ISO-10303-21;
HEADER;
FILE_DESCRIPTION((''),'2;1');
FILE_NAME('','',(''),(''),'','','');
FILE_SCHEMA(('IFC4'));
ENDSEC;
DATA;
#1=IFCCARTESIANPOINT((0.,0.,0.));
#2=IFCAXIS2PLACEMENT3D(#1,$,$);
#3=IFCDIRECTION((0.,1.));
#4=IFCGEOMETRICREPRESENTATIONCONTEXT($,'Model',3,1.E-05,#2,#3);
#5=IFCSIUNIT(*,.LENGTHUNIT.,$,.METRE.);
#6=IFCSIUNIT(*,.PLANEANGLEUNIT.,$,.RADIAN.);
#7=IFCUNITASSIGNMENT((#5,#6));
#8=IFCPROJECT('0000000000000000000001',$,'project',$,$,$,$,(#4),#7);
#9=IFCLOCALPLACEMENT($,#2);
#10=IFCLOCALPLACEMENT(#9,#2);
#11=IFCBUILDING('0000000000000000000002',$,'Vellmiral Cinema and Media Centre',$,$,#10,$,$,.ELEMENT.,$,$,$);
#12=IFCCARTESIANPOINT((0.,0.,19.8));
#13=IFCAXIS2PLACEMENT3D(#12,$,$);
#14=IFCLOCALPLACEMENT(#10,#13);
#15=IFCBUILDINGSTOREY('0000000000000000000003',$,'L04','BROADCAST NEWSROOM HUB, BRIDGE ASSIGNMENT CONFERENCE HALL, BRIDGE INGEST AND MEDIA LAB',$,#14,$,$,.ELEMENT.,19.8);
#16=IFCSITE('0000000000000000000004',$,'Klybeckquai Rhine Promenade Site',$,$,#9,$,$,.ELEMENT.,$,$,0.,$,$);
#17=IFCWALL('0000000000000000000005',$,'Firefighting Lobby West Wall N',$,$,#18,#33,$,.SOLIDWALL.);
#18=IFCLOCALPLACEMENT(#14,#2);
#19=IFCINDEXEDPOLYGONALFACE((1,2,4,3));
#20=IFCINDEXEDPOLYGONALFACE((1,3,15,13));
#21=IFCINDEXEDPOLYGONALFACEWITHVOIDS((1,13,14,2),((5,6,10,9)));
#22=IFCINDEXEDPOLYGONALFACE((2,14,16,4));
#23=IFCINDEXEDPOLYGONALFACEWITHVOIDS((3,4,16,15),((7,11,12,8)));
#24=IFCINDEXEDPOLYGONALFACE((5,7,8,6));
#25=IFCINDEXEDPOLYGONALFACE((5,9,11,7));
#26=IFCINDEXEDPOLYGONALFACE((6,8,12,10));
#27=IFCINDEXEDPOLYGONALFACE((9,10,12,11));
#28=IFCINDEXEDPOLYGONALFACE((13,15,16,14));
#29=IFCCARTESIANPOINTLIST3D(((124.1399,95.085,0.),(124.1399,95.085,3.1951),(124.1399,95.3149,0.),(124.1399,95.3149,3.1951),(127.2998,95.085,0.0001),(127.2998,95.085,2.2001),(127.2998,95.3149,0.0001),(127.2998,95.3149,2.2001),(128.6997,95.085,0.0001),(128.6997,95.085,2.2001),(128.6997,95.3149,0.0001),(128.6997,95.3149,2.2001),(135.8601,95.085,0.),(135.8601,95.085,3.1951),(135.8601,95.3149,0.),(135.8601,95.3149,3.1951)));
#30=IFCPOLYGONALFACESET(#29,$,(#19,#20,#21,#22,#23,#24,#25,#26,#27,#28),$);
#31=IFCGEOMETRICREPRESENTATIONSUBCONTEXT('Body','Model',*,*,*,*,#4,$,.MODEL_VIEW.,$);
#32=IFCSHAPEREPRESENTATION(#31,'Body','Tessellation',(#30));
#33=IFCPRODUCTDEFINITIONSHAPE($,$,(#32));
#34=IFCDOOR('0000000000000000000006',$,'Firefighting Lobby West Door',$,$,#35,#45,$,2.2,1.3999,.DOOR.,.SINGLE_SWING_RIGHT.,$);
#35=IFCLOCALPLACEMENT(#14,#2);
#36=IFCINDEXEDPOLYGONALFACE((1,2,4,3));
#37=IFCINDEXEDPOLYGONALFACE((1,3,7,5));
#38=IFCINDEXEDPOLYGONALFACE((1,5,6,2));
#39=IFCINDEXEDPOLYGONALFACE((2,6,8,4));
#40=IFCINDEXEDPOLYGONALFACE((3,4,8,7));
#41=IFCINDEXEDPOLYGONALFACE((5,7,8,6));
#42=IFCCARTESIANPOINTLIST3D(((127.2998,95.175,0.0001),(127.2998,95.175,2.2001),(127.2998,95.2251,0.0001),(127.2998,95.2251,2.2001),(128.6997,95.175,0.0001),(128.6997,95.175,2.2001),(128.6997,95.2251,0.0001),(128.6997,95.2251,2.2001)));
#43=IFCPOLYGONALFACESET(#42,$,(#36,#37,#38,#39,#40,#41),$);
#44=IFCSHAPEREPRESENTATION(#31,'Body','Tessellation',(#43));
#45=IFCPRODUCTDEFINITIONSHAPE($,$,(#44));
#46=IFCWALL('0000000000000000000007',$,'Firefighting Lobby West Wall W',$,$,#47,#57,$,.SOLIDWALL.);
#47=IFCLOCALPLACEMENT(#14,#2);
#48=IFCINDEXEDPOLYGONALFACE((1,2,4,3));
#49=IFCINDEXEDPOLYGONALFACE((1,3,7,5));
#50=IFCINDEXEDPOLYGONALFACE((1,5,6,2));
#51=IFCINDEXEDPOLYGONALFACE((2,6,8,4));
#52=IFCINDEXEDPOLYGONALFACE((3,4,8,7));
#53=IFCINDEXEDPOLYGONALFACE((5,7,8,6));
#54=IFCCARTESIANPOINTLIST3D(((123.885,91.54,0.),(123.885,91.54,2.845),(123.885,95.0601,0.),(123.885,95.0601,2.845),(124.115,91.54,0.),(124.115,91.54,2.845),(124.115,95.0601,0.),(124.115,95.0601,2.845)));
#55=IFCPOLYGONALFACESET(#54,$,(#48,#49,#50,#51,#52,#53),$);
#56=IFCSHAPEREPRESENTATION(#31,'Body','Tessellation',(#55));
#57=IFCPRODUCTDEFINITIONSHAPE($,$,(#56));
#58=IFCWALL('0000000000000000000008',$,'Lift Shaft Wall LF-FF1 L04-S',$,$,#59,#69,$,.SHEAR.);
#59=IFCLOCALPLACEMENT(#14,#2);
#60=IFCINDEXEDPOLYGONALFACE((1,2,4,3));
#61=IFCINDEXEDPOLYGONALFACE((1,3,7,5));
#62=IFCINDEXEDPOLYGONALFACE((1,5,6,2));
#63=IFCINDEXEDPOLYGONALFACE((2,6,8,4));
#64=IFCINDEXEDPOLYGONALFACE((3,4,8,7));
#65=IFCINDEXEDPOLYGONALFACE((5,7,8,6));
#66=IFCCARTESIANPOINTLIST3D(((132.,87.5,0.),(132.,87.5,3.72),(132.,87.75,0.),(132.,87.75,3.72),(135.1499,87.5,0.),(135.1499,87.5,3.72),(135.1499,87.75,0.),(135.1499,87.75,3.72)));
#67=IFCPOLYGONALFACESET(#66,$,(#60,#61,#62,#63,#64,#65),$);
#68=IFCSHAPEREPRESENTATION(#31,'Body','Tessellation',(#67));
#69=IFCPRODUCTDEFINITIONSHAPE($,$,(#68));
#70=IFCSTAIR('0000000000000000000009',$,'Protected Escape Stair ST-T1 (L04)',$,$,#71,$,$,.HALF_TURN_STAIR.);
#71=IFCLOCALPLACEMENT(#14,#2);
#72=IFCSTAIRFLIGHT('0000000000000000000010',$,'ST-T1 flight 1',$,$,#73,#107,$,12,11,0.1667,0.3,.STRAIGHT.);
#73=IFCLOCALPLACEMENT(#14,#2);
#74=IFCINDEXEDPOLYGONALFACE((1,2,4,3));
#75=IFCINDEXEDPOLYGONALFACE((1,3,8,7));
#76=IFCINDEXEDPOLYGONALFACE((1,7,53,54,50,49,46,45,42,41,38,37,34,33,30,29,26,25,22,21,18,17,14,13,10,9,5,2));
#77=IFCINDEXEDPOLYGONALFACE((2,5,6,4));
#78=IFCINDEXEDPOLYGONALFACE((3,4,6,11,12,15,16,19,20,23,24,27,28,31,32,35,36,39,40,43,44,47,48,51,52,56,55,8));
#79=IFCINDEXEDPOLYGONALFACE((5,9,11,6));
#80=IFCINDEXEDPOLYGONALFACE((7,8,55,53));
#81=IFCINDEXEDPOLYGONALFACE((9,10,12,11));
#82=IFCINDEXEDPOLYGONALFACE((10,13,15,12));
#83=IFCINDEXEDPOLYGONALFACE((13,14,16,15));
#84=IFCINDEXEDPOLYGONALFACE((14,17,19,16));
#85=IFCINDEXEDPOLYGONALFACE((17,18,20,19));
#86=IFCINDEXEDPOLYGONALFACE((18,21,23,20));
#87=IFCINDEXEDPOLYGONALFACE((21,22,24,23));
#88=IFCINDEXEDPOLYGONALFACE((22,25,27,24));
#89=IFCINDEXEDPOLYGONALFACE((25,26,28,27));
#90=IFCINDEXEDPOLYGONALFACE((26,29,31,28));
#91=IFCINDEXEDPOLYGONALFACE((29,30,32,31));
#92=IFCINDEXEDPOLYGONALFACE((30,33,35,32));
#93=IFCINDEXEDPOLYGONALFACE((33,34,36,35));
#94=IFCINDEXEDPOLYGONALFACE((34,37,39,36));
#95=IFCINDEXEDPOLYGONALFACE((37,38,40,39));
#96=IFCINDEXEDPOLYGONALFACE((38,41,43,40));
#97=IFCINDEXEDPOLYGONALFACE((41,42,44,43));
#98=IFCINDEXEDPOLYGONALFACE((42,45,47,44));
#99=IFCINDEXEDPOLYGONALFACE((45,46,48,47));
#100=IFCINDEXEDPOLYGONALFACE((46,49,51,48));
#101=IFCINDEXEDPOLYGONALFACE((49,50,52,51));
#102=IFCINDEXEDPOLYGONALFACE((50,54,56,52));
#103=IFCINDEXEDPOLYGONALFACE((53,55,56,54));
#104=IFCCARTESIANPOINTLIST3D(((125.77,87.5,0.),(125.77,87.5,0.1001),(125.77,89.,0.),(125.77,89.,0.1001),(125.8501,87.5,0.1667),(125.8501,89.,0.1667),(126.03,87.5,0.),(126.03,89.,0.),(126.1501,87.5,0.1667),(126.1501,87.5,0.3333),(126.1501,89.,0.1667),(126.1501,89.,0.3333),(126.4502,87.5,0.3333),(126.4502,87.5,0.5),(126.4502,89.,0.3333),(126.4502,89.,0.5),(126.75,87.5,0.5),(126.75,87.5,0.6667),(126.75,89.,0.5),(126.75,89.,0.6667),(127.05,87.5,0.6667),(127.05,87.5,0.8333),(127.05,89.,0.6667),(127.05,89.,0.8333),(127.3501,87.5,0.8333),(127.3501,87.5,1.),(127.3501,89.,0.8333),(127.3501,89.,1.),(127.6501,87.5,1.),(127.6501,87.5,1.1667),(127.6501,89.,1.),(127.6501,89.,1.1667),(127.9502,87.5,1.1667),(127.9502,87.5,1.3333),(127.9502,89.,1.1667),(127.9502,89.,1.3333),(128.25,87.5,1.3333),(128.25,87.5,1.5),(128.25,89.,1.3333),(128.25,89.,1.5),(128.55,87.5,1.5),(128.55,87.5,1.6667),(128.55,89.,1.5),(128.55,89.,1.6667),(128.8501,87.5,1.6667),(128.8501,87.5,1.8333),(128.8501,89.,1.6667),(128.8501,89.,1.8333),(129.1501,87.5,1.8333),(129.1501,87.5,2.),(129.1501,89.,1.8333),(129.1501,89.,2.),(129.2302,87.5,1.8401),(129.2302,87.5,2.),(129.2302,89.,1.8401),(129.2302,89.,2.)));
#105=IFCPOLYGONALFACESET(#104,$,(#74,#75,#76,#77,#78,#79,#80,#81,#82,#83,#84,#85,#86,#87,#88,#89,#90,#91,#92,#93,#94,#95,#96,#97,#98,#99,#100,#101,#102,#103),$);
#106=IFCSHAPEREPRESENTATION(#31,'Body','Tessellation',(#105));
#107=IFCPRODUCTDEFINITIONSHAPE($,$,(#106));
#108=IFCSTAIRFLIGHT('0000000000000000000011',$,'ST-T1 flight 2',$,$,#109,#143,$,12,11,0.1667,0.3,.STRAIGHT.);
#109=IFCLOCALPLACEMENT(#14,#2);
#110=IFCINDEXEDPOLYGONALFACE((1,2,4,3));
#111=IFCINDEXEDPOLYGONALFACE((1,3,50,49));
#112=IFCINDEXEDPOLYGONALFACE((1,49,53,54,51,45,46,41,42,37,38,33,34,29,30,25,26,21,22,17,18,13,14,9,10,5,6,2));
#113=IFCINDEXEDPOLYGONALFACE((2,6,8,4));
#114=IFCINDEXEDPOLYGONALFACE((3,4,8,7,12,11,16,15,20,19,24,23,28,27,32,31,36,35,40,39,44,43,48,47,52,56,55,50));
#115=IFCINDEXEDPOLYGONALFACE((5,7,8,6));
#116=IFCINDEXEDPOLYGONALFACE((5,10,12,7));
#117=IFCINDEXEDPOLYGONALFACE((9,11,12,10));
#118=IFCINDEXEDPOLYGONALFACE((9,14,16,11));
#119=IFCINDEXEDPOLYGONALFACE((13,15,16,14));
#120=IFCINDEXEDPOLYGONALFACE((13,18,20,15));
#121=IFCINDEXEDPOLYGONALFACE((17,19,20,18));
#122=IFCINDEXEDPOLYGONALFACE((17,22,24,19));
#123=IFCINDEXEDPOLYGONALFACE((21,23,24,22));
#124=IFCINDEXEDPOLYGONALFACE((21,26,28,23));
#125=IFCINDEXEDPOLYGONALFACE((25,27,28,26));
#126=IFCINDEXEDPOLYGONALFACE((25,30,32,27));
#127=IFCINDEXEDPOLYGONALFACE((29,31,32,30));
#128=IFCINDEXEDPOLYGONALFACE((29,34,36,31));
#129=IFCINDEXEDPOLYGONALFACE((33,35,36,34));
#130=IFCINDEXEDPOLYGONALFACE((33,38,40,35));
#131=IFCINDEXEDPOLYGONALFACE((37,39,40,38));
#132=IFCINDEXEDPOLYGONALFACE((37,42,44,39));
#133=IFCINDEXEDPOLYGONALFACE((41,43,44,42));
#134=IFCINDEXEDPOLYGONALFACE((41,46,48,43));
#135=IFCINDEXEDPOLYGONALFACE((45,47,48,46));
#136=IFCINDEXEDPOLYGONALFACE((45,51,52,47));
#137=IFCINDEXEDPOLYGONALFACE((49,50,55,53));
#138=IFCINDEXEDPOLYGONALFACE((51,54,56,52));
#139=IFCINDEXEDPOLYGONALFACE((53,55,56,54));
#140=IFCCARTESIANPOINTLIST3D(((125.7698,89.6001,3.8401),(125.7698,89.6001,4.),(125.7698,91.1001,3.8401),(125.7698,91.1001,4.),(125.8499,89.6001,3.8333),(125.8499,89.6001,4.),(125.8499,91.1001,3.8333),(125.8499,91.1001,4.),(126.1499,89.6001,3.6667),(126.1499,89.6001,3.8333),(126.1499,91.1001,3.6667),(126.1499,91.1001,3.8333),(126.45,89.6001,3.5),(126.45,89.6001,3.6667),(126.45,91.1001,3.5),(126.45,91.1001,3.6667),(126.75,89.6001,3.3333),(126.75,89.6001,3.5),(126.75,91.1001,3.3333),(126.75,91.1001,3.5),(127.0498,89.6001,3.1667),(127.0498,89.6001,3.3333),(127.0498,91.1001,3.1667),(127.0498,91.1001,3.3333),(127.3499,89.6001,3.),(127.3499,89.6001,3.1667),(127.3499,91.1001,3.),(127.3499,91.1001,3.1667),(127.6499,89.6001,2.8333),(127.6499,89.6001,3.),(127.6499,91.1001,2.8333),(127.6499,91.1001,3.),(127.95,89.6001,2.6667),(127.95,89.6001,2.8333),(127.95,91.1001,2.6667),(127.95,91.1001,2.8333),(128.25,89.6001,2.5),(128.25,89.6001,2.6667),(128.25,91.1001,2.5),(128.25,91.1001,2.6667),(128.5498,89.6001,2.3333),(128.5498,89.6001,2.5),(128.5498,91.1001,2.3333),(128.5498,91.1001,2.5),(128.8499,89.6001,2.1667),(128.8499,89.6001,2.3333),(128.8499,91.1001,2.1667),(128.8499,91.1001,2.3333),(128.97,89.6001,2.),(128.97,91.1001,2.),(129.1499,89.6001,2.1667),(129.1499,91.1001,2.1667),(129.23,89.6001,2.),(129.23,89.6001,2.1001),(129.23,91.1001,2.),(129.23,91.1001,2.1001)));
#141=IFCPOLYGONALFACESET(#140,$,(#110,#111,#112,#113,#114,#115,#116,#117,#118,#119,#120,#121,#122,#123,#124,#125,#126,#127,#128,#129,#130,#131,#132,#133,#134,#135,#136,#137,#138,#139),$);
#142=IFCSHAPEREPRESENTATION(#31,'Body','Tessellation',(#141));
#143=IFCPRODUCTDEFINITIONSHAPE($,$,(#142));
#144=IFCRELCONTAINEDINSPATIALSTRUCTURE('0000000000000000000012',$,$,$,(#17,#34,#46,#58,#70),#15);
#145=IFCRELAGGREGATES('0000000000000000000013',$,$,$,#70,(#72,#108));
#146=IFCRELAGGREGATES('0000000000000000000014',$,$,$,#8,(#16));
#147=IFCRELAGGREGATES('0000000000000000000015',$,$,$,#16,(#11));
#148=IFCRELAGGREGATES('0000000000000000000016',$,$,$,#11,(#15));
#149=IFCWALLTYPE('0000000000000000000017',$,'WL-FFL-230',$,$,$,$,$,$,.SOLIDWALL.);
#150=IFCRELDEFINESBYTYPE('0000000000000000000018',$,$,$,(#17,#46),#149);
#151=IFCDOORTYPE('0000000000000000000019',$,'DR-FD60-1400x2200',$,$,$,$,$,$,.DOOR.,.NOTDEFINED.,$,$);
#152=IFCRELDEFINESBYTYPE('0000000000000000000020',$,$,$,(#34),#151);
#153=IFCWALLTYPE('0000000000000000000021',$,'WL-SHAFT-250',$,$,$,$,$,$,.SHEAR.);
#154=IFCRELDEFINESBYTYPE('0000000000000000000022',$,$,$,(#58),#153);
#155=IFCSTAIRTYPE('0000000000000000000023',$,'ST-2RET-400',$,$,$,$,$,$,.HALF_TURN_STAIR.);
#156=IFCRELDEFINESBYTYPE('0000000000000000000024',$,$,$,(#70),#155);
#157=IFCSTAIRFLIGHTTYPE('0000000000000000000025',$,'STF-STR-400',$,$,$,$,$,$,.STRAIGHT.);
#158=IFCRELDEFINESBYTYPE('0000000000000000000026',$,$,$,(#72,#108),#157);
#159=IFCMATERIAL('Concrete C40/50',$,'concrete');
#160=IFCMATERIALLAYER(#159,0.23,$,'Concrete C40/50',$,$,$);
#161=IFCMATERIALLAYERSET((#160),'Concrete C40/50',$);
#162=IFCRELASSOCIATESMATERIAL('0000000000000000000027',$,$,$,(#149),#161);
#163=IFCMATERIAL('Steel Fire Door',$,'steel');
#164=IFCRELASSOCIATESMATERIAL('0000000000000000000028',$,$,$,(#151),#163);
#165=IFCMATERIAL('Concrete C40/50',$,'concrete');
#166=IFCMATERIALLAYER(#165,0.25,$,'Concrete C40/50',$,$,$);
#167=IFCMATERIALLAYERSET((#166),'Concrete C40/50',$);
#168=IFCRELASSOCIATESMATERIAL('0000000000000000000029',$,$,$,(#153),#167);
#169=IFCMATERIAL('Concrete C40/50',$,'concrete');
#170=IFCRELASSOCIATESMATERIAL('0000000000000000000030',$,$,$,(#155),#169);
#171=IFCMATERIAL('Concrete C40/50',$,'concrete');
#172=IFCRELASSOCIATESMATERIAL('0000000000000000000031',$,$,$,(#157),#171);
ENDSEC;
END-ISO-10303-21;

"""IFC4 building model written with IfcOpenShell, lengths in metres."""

from ifc_helpers import new_model, si_unit, direction, frame, frame_2d, origin, place, context, subcontext, project, spatial, polyline, rectangle, outline, extrude, material, layer, layer_set, type_object, element, fill, aggregate, save


model = new_model("IFC4")

# Units and contexts
model_context = context("Model", 3, precision=1e-05, world=origin(), true_north=direction((0.0, 1.0)))
body_context = subcontext(model_context, "Body", "Model", "MODEL_VIEW")
ifc_project = project(units=[si_unit("LENGTHUNIT", "METRE"), si_unit("PLANEANGLEUNIT", "RADIAN")], contexts=[model_context])

# Site, building, storey
site_placement = place(None, origin())
site = spatial("IfcSite", under=ifc_project, at=site_placement, Name="Klybeckquai Rhine Promenade Site", CompositionType="ELEMENT", RefElevation=0.0)
building_placement = place(site_placement, origin())
building = spatial("IfcBuilding", under=site, at=building_placement, Name="Vellmiral Cinema and Media Centre", CompositionType="ELEMENT")
storey_placement = place(building_placement, frame((0.0, 0.0, 19.8)))
storey = spatial("IfcBuildingStorey", under=building, at=storey_placement, Name="L04", Description="BROADCAST NEWSROOM HUB, BRIDGE ASSIGNMENT CONFERENCE HALL, BRIDGE INGEST AND MEDIA LAB", CompositionType="ELEMENT", Elevation=19.8)

# Shared definitions
ifc_material_1 = material(Name="Concrete C40/50", Category="concrete")
ifc_layer_1 = layer(ifc_material_1, 0.23, Name="Concrete C40/50")
ifc_layer_set_1 = layer_set([ifc_layer_1], Name="Concrete C40/50")
wall_type_1 = type_object("IfcWallType", Name="WL-FFL-230", PredefinedType="SOLIDWALL", material=ifc_layer_set_1)

# Wall, opening, door
wall_1_placement = place(storey_placement, frame((124.1399, 95.2, 0.0), z_axis=(0.0, 0.0, 1.0), x_axis=(1.0, 0.0, 0.0)))
wall_1 = element("IfcWall", 1, at=wall_1_placement, inside=storey, type_object=wall_type_1, Name="Firefighting Lobby West Wall N", PredefinedType="SOLIDWALL", context=body_context, shape_type="SweptSolid", body=[
    extrude(rectangle(XDim=11.7202, YDim=0.23, at=frame_2d((5.8601, 0.0))), origin(), (0.0, 0.0, 1.0), 3.1951),
])
opening_1_placement = place(wall_1_placement, frame((3.1599, 0.0, 0.0)))
opening_1 = element("IfcOpeningElement", 2, at=opening_1_placement, cuts=wall_1, PredefinedType="OPENING", context=body_context, shape_type="SweptSolid", body=[
    extrude(rectangle(XDim=1.3999, YDim=2.2, at=frame_2d((0.7, 1.1001))), frame((0.0, 0.127, 0.0), z_axis=(0.0, -1.0, 0.0), x_axis=(1.0, 0.0, 0.0)), (0.0, 0.0, 1.0), 0.2539),
])
ifc_material_2 = material(Name="Steel Fire Door", Category="steel")
door_type_1 = type_object("IfcDoorType", Name="DR-FD60-1400x2200", OperationType="NOTDEFINED", PredefinedType="DOOR", material=ifc_material_2)
door_1_placement = place(opening_1_placement, frame((1.3999, 0.0, 0.0), z_axis=(0.0, 0.0, 1.0), x_axis=(-1.0, 0.0, 0.0)))
door_1 = element("IfcDoor", 3, at=door_1_placement, inside=storey, type_object=door_type_1, Name="Firefighting Lobby West Door", OperationType="SINGLE_SWING_RIGHT", OverallHeight=2.2, OverallWidth=1.3999, PredefinedType="DOOR", context=body_context, shape_type="SweptSolid", body=[
    extrude(rectangle(XDim=1.3999, YDim=2.2, at=frame_2d((0.7, 1.1001))), frame((0.0, 0.0249, 0.0), z_axis=(0.0, -1.0, 0.0), x_axis=(1.0, 0.0, 0.0)), (0.0, 0.0, 1.0), 0.05),
])
fill(opening_1, door_1)

# Walls
wall_2_placement = place(storey_placement, frame((124.0, 91.54, 0.0), z_axis=(0.0, 0.0, 1.0), x_axis=(0.0, 1.0, 0.0)))
element("IfcWall", 4, at=wall_2_placement, inside=storey, type_object=wall_type_1, Name="Firefighting Lobby West Wall W", PredefinedType="SOLIDWALL", context=body_context, shape_type="SweptSolid", body=[
    extrude(rectangle(XDim=3.52, YDim=0.23, at=frame_2d((1.76, 0.0))), origin(), (0.0, 0.0, 1.0), 2.845),
])
ifc_material_3 = material(Name="Concrete C40/50", Category="concrete")
ifc_layer_2 = layer(ifc_material_3, 0.25, Name="Concrete C40/50")
ifc_layer_set_2 = layer_set([ifc_layer_2], Name="Concrete C40/50")
wall_type_2 = type_object("IfcWallType", Name="WL-SHAFT-250", PredefinedType="SHEAR", material=ifc_layer_set_2)
wall_3_placement = place(storey_placement, frame((132.0, 87.625, 0.0), z_axis=(0.0, 0.0, 1.0), x_axis=(1.0, 0.0, 0.0)))
element("IfcWall", 5, at=wall_3_placement, inside=storey, type_object=wall_type_2, Name="Lift Shaft Wall LF-FF1 L04-S", PredefinedType="SHEAR", context=body_context, shape_type="SweptSolid", body=[
    extrude(rectangle(XDim=3.1499, YDim=0.25, at=frame_2d((1.575, 0.0))), origin(), (0.0, 0.0, 1.0), 3.72),
])

# Stair, stair flights
ifc_material_4 = material(Name="Concrete C40/50", Category="concrete")
stair_type = type_object("IfcStairType", Name="ST-2RET-400", PredefinedType="HALF_TURN_STAIR", material=ifc_material_4)
stair_placement = place(storey_placement, origin())
stair = element("IfcStair", 6, at=stair_placement, inside=storey, type_object=stair_type, Name="Protected Escape Stair ST-T1 (L04)", PredefinedType="HALF_TURN_STAIR")
ifc_material_5 = material(Name="Concrete C40/50", Category="concrete")
stair_flight_type = type_object("IfcStairFlightType", Name="STF-STR-400", PredefinedType="STRAIGHT", material=ifc_material_5)
stair_flight_1_placement = place(storey_placement, frame((125.8501, 88.25, 0.0), z_axis=(0.0, 0.0, 1.0), x_axis=(1.0, 0.0, 0.0)))
stair_flight_1 = element("IfcStairFlight", 7, at=stair_flight_1_placement, type_object=stair_flight_type, Name="ST-T1 flight 1", NumberOfRisers=12, NumberOfTreads=11, PredefinedType="STRAIGHT", RiserHeight=0.1667, TreadLength=0.3, context=body_context, shape_type="SweptSolid", body=[
    extrude(outline(polyline([(-0.0801, 0.0), (-0.0801, 0.1001), (0.0, 0.1667), (0.3, 0.1667), (0.3, 0.3333), (0.6001, 0.3333), (0.6001, 0.5), (0.8999, 0.5), (0.8999, 0.6667), (1.2, 0.6667), (1.2, 0.8333), (1.5, 0.8333), (1.5, 1.0), (1.8, 1.0), (1.8, 1.1667), (2.1001, 1.1667), (2.1001, 1.3333), (2.3999, 1.3333), (2.3999, 1.5), (2.7, 1.5), (2.7, 1.6667), (3.0, 1.6667), (3.0, 1.8333), (3.3, 1.8333), (3.3, 2.0), (3.3801, 2.0), (3.3801, 1.8401), (0.1799, 0.0), (-0.0801, 0.0)])), frame((0.0, 0.75, 0.0), z_axis=(0.0, -1.0, 0.0), x_axis=(1.0, 0.0, 0.0)), (0.0, 0.0, 1.0), 1.5),
])
stair_flight_2_placement = place(storey_placement, frame((129.1499, 90.3501, 2.0), z_axis=(0.0, 0.0, 1.0), x_axis=(-1.0, 0.0, 0.0)))
stair_flight_2 = element("IfcStairFlight", 8, at=stair_flight_2_placement, type_object=stair_flight_type, Name="ST-T1 flight 2", NumberOfRisers=12, NumberOfTreads=11, PredefinedType="STRAIGHT", RiserHeight=0.1667, TreadLength=0.3, context=body_context, shape_type="SweptSolid", body=[
    extrude(outline(polyline([(-0.0801, 0.0), (-0.0801, 0.1001), (0.0, 0.1667), (0.3, 0.1667), (0.3, 0.3333), (0.6001, 0.3333), (0.6001, 0.5), (0.8999, 0.5), (0.8999, 0.6667), (1.2, 0.6667), (1.2, 0.8333), (1.5, 0.8333), (1.5, 1.0), (1.8, 1.0), (1.8, 1.1667), (2.1001, 1.1667), (2.1001, 1.3333), (2.3999, 1.3333), (2.3999, 1.5), (2.7, 1.5), (2.7, 1.6667), (3.0, 1.6667), (3.0, 1.8333), (3.3, 1.8333), (3.3, 2.0), (3.3801, 2.0), (3.3801, 1.8401), (0.1799, 0.0), (-0.0801, 0.0)])), frame((0.0, 0.75, 0.0), z_axis=(0.0, -1.0, 0.0), x_axis=(1.0, 0.0, 0.0)), (0.0, 0.0, 1.0), 1.5),
])
aggregate(stair, [stair_flight_1, stair_flight_2])

save(model, "model.ifc")
